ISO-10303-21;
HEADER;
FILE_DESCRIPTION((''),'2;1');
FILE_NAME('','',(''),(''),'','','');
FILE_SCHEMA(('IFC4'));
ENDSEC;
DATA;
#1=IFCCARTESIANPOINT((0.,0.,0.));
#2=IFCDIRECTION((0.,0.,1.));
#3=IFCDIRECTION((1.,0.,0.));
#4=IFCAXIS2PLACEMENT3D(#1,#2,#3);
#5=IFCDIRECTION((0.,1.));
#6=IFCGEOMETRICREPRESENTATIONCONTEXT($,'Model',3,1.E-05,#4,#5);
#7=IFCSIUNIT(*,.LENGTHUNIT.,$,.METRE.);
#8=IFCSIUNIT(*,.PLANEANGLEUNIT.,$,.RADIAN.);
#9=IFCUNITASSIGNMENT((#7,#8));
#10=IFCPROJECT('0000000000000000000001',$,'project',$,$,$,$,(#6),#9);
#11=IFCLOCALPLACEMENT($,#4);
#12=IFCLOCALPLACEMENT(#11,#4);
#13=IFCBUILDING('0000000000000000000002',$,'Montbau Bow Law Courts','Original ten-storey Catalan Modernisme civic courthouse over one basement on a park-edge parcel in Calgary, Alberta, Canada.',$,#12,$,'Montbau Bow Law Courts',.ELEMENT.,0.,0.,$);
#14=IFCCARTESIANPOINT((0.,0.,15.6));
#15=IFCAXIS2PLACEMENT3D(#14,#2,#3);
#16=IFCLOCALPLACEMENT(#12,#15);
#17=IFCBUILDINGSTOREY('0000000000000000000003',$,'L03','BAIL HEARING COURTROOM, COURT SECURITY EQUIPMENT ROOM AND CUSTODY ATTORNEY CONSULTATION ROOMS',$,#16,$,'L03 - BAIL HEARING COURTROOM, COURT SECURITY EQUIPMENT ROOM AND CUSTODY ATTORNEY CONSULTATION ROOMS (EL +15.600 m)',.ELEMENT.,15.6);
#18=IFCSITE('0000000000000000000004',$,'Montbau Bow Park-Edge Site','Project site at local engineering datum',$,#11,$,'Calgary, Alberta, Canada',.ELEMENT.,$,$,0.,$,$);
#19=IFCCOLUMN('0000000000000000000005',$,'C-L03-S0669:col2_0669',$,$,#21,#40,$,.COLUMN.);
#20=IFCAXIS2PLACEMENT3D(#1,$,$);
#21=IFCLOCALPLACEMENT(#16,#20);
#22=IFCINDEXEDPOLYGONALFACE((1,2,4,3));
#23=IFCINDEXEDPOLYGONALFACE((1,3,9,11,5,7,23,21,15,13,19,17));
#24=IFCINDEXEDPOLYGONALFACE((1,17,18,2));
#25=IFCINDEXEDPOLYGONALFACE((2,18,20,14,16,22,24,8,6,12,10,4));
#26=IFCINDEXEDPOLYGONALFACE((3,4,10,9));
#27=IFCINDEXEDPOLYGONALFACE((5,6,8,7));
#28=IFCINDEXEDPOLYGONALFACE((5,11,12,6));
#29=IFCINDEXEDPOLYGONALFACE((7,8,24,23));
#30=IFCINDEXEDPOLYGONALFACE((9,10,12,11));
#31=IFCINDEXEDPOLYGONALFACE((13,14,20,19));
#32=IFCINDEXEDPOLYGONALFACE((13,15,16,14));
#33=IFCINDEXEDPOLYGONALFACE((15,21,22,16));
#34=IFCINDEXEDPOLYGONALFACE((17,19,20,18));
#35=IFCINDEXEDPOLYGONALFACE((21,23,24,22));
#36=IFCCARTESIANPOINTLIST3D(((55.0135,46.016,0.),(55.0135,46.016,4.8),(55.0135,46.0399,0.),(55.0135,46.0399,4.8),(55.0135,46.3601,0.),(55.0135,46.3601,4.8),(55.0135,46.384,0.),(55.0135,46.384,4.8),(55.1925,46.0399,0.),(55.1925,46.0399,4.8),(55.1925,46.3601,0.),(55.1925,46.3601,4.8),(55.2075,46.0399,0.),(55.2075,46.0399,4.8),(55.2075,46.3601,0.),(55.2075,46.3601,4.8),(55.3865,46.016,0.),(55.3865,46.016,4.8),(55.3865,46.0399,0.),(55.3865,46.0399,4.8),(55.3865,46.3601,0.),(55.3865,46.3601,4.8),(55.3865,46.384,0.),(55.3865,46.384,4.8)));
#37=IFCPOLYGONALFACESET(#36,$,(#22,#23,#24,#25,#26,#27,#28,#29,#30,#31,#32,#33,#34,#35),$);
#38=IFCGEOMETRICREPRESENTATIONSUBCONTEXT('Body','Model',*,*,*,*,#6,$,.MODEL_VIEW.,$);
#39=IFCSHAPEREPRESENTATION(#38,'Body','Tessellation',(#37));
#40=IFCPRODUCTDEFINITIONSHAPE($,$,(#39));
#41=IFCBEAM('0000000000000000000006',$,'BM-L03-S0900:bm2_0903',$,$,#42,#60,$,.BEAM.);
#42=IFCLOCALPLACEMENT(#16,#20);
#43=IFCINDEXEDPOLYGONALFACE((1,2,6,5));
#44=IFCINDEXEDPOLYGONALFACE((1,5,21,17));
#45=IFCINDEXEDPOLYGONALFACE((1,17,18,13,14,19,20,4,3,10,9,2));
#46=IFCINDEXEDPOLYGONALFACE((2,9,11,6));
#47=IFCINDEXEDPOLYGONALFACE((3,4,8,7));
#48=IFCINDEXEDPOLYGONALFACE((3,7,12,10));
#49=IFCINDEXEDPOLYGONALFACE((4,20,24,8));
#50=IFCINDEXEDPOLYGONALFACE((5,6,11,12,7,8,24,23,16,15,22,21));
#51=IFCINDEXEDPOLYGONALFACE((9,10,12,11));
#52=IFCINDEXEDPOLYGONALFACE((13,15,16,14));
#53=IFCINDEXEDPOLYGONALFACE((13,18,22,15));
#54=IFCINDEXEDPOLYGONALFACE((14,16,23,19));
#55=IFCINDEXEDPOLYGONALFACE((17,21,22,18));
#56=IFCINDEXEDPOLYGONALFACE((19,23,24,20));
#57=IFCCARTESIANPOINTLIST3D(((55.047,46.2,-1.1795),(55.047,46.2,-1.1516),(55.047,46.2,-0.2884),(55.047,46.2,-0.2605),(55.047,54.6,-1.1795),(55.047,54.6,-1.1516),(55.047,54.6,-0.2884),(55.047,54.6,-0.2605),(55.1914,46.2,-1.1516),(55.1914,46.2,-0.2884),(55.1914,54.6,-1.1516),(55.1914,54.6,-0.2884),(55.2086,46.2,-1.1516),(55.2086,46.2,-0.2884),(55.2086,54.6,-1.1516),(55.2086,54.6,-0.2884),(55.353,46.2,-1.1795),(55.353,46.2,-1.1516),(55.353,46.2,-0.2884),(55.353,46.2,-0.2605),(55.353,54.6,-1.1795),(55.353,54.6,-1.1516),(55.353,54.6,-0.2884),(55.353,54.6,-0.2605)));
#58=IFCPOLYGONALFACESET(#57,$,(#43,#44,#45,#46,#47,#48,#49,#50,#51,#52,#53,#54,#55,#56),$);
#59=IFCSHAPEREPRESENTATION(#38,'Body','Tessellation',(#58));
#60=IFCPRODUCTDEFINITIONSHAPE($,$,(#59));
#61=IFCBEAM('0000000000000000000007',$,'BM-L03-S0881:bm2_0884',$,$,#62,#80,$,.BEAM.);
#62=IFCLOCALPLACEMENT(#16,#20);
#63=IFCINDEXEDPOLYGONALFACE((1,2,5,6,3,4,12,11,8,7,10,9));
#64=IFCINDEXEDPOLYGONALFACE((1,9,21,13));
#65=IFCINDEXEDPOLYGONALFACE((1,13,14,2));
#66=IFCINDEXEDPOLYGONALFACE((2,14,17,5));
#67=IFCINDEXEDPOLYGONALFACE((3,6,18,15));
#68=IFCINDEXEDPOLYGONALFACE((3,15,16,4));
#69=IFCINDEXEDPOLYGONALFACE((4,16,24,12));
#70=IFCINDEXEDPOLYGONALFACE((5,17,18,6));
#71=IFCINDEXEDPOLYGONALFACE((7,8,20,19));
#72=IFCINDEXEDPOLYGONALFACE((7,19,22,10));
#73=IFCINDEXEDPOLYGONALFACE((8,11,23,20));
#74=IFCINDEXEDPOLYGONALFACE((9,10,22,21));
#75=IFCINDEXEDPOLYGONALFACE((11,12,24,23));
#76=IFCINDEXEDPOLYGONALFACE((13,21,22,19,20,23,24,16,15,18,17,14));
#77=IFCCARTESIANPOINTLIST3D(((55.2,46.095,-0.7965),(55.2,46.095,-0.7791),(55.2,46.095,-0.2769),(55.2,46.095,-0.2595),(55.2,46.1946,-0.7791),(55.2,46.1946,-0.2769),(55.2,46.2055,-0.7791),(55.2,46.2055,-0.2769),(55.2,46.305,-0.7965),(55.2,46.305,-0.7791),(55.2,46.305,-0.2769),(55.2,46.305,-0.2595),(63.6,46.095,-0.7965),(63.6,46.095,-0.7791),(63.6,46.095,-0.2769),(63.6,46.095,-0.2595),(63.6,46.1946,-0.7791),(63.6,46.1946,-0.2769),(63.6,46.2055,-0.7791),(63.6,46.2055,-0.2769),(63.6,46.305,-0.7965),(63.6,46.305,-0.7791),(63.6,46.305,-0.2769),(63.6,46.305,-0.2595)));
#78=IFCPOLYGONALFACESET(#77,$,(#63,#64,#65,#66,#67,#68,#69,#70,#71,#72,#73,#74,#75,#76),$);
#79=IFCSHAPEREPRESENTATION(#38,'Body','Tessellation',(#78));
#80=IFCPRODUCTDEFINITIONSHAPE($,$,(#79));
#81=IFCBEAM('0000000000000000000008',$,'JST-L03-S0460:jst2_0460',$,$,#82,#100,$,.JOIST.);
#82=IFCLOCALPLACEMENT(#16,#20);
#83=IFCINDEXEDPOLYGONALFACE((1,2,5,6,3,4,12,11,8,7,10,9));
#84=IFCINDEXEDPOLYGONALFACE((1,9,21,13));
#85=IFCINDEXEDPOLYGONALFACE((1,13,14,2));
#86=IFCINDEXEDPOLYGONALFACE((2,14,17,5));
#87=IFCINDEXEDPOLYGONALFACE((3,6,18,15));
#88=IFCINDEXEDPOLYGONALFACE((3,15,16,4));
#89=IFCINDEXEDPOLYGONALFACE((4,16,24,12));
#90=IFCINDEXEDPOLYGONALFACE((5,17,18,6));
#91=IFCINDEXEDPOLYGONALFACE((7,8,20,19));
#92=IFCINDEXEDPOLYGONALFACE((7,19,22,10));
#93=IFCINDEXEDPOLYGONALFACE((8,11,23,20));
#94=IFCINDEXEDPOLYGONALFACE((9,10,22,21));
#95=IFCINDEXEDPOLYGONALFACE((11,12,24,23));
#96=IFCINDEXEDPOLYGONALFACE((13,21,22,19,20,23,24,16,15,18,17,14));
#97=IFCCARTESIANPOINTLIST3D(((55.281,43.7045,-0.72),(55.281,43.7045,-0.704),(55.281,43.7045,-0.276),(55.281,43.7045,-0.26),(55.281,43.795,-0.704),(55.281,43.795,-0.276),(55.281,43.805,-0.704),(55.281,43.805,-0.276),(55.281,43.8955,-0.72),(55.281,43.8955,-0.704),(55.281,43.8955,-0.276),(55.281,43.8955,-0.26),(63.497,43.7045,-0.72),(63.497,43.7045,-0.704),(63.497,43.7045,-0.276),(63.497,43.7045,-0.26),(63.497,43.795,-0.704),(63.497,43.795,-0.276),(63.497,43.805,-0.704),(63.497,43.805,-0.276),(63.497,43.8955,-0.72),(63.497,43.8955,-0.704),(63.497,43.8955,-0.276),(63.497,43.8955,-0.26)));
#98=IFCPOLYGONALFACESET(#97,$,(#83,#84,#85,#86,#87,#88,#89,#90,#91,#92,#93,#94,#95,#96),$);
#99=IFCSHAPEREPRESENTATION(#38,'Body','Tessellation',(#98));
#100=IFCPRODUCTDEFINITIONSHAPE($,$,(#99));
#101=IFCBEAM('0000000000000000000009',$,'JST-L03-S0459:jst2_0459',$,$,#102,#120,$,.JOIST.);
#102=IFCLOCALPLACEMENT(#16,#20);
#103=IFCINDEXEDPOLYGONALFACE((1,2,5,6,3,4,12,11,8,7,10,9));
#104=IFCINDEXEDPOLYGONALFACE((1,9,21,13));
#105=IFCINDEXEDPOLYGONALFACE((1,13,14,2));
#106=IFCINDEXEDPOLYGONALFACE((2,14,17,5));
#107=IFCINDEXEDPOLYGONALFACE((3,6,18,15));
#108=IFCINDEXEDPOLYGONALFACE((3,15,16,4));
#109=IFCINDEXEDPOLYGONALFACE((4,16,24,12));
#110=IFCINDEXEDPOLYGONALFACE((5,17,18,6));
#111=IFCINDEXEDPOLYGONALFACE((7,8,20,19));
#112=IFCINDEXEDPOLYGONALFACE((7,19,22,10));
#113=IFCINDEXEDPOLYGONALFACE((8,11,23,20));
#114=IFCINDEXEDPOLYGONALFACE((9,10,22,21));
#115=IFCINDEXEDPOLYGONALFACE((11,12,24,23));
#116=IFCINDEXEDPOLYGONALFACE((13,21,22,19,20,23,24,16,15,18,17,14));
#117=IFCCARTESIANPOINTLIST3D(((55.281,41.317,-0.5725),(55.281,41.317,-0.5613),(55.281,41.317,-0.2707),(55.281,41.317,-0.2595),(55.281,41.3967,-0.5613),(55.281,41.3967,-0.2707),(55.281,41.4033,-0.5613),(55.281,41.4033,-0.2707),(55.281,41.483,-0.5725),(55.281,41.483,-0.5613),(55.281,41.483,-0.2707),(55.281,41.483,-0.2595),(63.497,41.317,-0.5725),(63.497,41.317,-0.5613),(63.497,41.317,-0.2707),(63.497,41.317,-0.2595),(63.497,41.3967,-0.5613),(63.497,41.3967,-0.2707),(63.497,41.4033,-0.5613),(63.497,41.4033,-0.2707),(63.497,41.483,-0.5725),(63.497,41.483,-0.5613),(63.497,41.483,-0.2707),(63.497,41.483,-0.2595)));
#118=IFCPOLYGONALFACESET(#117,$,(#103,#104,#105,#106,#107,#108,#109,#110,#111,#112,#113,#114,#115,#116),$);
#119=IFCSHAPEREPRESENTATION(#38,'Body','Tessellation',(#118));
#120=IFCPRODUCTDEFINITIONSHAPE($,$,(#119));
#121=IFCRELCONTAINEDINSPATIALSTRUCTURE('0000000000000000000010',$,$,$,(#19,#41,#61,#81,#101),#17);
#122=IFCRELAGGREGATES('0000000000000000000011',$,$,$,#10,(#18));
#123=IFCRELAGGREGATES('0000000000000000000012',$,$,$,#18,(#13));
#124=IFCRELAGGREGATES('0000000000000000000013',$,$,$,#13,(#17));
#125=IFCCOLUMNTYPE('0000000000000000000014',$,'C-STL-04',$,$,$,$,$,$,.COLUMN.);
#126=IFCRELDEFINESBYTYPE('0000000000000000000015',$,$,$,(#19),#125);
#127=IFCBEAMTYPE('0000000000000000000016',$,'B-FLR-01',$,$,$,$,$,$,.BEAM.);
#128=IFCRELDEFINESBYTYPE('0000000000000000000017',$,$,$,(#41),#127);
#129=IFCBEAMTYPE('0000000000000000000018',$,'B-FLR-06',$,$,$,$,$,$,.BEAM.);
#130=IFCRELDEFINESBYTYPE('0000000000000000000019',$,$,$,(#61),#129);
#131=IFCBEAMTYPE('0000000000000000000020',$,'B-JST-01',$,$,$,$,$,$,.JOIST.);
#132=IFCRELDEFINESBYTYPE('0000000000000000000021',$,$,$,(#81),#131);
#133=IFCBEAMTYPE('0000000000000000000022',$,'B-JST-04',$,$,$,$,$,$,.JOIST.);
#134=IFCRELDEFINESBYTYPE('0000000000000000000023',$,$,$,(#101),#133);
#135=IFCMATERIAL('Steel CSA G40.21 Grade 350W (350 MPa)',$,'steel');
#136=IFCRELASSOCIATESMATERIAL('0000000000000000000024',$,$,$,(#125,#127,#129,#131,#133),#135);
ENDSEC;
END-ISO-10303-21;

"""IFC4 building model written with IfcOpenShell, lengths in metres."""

from ifc_helpers import new_model, si_unit, direction, frame, origin_with_axes, origin_2d_with_axis, place, context, subcontext, project, spatial, i_section, extrude, material, material_profile, profile_set, type_object, element, save


model = new_model("IFC4")

# Units and contexts
model_context = context("Model", 3, precision=1e-05, world=origin_with_axes(), true_north=direction((0.0, 1.0)))
body_context = subcontext(model_context, "Body", "Model", "MODEL_VIEW")
ifc_project = project(units=[si_unit("LENGTHUNIT", "METRE"), si_unit("PLANEANGLEUNIT", "RADIAN")], contexts=[model_context])

# Site, building, storey
site_placement = place(None, origin_with_axes())
site = spatial("IfcSite", under=ifc_project, at=site_placement, Name="Montbau Bow Park-Edge Site", Description="Project site at local engineering datum", LongName="Calgary, Alberta, Canada", CompositionType="ELEMENT", RefElevation=0.0)
building_placement = place(site_placement, origin_with_axes())
building = spatial("IfcBuilding", under=site, at=building_placement, Name="Montbau Bow Law Courts", Description="Original ten-storey Catalan Modernisme civic courthouse over one basement on a park-edge parcel in Calgary, Alberta, Canada.", LongName="Montbau Bow Law Courts", CompositionType="ELEMENT", ElevationOfRefHeight=0.0, ElevationOfTerrain=0.0)
storey_placement = place(building_placement, frame((0.0, 0.0, 15.6), z_axis=(0.0, 0.0, 1.0), x_axis=(1.0, 0.0, 0.0)))
storey = spatial("IfcBuildingStorey", under=building, at=storey_placement, Name="L03", Description="BAIL HEARING COURTROOM, COURT SECURITY EQUIPMENT ROOM AND CUSTODY ATTORNEY CONSULTATION ROOMS", LongName="L03 - BAIL HEARING COURTROOM, COURT SECURITY EQUIPMENT ROOM AND CUSTODY ATTORNEY CONSULTATION ROOMS (EL +15.600 m)", CompositionType="ELEMENT", Elevation=15.6)

# Column
ifc_material_1 = material(Name="Steel CSA G40.21 Grade 350W (350 MPa)", Category="steel")
ifc_material_profile_1 = material_profile(ifc_material_1, i_section(OverallWidth=0.373, OverallDepth=0.368, WebThickness=0.015, FlangeThickness=0.0239, at=origin_2d_with_axis()), Name="W360X179", Category="Main", Priority=0)
ifc_profile_set_1 = profile_set([ifc_material_profile_1], Name="Steel CSA G40.21 Grade 350W (350 MPa)")
column_type = type_object("IfcColumnType", Name="C-STL-04", PredefinedType="COLUMN", material=ifc_profile_set_1)
column_placement = place(None, frame((55.2, 46.2, 15.6), z_axis=(0.0, 0.0, 1.0), x_axis=(1.0, 0.0, 0.0)))
element("IfcColumn", 1, at=column_placement, inside=storey, type_object=column_type, Name="C-L03-S0669:col2_0669", PredefinedType="COLUMN", context=body_context, shape_type="SweptSolid", body=[
    extrude(i_section(OverallWidth=0.373, OverallDepth=0.368, WebThickness=0.015, FlangeThickness=0.0239, at=origin_2d_with_axis()), origin_with_axes(), (0.0, 0.0, 1.0), 4.8),
])

# Beams
ifc_material_profile_2 = material_profile(ifc_material_1, i_section(OverallWidth=0.306, OverallDepth=0.919, WebThickness=0.0173, FlangeThickness=0.0279, at=origin_2d_with_axis()), Name="W920X253", Category="Main", Priority=0)
ifc_profile_set_2 = profile_set([ifc_material_profile_2], Name="Steel CSA G40.21 Grade 350W (350 MPa)")
beam_type_1 = type_object("IfcBeamType", Name="B-FLR-01", PredefinedType="BEAM", material=ifc_profile_set_2)
beam_1_placement = place(None, frame((55.2, 46.2, 14.88), z_axis=(0.0, 1.0, 0.0), x_axis=(-1.0, 0.0, 0.0)))
element("IfcBeam", 2, at=beam_1_placement, inside=storey, type_object=beam_type_1, Name="BM-L03-S0900:bm2_0903", PredefinedType="BEAM", context=body_context, shape_type="SweptSolid", body=[
    extrude(i_section(OverallWidth=0.306, OverallDepth=0.919, WebThickness=0.0173, FlangeThickness=0.0279, at=origin_2d_with_axis()), origin_with_axes(), (0.0, 0.0, 1.0), 8.4),
])
ifc_material_profile_3 = material_profile(ifc_material_1, i_section(OverallWidth=0.21, OverallDepth=0.537, WebThickness=0.0109, FlangeThickness=0.0174, at=origin_2d_with_axis()), Name="W530X101", Category="Main", Priority=0)
ifc_profile_set_3 = profile_set([ifc_material_profile_3], Name="Steel CSA G40.21 Grade 350W (350 MPa)")
beam_type_2 = type_object("IfcBeamType", Name="B-FLR-06", PredefinedType="BEAM", material=ifc_profile_set_3)
beam_2_placement = place(None, frame((55.2, 46.2, 15.072), z_axis=(1.0, 0.0, 0.0), x_axis=(0.0, 1.0, 0.0)))
element("IfcBeam", 3, at=beam_2_placement, inside=storey, type_object=beam_type_2, Name="BM-L03-S0881:bm2_0884", PredefinedType="BEAM", context=body_context, shape_type="SweptSolid", body=[
    extrude(i_section(OverallWidth=0.21, OverallDepth=0.537, WebThickness=0.0109, FlangeThickness=0.0174, at=origin_2d_with_axis()), origin_with_axes(), (0.0, 0.0, 1.0), 8.4),
])
ifc_material_profile_4 = material_profile(ifc_material_1, i_section(OverallWidth=0.191, OverallDepth=0.46, WebThickness=0.0099, FlangeThickness=0.016, at=origin_2d_with_axis()), Name="W460X82", Category="Main", Priority=0)
ifc_profile_set_4 = profile_set([ifc_material_profile_4], Name="Steel CSA G40.21 Grade 350W (350 MPa)")
beam_type_3 = type_object("IfcBeamType", Name="B-JST-01", PredefinedType="JOIST", material=ifc_profile_set_4)
beam_3_placement = place(None, frame((55.281, 43.8, 15.11), z_axis=(1.0, 0.0, 0.0), x_axis=(0.0, 1.0, 0.0)))
element("IfcBeam", 4, at=beam_3_placement, inside=storey, type_object=beam_type_3, Name="JST-L03-S0460:jst2_0460", PredefinedType="JOIST", context=body_context, shape_type="SweptSolid", body=[
    extrude(i_section(OverallWidth=0.191, OverallDepth=0.46, WebThickness=0.0099, FlangeThickness=0.016, at=origin_2d_with_axis()), origin_with_axes(), (0.0, 0.0, 1.0), 8.216),
])
ifc_material_profile_5 = material_profile(ifc_material_1, i_section(OverallWidth=0.166, OverallDepth=0.313, WebThickness=0.0066, FlangeThickness=0.0112, at=origin_2d_with_axis()), Name="W310X45", Category="Main", Priority=0)
ifc_profile_set_5 = profile_set([ifc_material_profile_5], Name="Steel CSA G40.21 Grade 350W (350 MPa)")
beam_type_4 = type_object("IfcBeamType", Name="B-JST-04", PredefinedType="JOIST", material=ifc_profile_set_5)
beam_4_placement = place(None, frame((55.281, 41.4, 15.184), z_axis=(1.0, 0.0, 0.0), x_axis=(0.0, 1.0, 0.0)))
element("IfcBeam", 5, at=beam_4_placement, inside=storey, type_object=beam_type_4, Name="JST-L03-S0459:jst2_0459", PredefinedType="JOIST", context=body_context, shape_type="SweptSolid", body=[
    extrude(i_section(OverallWidth=0.166, OverallDepth=0.313, WebThickness=0.0066, FlangeThickness=0.0112, at=origin_2d_with_axis()), origin_with_axes(), (0.0, 0.0, 1.0), 8.216),
])

save(model, "model.ifc")
